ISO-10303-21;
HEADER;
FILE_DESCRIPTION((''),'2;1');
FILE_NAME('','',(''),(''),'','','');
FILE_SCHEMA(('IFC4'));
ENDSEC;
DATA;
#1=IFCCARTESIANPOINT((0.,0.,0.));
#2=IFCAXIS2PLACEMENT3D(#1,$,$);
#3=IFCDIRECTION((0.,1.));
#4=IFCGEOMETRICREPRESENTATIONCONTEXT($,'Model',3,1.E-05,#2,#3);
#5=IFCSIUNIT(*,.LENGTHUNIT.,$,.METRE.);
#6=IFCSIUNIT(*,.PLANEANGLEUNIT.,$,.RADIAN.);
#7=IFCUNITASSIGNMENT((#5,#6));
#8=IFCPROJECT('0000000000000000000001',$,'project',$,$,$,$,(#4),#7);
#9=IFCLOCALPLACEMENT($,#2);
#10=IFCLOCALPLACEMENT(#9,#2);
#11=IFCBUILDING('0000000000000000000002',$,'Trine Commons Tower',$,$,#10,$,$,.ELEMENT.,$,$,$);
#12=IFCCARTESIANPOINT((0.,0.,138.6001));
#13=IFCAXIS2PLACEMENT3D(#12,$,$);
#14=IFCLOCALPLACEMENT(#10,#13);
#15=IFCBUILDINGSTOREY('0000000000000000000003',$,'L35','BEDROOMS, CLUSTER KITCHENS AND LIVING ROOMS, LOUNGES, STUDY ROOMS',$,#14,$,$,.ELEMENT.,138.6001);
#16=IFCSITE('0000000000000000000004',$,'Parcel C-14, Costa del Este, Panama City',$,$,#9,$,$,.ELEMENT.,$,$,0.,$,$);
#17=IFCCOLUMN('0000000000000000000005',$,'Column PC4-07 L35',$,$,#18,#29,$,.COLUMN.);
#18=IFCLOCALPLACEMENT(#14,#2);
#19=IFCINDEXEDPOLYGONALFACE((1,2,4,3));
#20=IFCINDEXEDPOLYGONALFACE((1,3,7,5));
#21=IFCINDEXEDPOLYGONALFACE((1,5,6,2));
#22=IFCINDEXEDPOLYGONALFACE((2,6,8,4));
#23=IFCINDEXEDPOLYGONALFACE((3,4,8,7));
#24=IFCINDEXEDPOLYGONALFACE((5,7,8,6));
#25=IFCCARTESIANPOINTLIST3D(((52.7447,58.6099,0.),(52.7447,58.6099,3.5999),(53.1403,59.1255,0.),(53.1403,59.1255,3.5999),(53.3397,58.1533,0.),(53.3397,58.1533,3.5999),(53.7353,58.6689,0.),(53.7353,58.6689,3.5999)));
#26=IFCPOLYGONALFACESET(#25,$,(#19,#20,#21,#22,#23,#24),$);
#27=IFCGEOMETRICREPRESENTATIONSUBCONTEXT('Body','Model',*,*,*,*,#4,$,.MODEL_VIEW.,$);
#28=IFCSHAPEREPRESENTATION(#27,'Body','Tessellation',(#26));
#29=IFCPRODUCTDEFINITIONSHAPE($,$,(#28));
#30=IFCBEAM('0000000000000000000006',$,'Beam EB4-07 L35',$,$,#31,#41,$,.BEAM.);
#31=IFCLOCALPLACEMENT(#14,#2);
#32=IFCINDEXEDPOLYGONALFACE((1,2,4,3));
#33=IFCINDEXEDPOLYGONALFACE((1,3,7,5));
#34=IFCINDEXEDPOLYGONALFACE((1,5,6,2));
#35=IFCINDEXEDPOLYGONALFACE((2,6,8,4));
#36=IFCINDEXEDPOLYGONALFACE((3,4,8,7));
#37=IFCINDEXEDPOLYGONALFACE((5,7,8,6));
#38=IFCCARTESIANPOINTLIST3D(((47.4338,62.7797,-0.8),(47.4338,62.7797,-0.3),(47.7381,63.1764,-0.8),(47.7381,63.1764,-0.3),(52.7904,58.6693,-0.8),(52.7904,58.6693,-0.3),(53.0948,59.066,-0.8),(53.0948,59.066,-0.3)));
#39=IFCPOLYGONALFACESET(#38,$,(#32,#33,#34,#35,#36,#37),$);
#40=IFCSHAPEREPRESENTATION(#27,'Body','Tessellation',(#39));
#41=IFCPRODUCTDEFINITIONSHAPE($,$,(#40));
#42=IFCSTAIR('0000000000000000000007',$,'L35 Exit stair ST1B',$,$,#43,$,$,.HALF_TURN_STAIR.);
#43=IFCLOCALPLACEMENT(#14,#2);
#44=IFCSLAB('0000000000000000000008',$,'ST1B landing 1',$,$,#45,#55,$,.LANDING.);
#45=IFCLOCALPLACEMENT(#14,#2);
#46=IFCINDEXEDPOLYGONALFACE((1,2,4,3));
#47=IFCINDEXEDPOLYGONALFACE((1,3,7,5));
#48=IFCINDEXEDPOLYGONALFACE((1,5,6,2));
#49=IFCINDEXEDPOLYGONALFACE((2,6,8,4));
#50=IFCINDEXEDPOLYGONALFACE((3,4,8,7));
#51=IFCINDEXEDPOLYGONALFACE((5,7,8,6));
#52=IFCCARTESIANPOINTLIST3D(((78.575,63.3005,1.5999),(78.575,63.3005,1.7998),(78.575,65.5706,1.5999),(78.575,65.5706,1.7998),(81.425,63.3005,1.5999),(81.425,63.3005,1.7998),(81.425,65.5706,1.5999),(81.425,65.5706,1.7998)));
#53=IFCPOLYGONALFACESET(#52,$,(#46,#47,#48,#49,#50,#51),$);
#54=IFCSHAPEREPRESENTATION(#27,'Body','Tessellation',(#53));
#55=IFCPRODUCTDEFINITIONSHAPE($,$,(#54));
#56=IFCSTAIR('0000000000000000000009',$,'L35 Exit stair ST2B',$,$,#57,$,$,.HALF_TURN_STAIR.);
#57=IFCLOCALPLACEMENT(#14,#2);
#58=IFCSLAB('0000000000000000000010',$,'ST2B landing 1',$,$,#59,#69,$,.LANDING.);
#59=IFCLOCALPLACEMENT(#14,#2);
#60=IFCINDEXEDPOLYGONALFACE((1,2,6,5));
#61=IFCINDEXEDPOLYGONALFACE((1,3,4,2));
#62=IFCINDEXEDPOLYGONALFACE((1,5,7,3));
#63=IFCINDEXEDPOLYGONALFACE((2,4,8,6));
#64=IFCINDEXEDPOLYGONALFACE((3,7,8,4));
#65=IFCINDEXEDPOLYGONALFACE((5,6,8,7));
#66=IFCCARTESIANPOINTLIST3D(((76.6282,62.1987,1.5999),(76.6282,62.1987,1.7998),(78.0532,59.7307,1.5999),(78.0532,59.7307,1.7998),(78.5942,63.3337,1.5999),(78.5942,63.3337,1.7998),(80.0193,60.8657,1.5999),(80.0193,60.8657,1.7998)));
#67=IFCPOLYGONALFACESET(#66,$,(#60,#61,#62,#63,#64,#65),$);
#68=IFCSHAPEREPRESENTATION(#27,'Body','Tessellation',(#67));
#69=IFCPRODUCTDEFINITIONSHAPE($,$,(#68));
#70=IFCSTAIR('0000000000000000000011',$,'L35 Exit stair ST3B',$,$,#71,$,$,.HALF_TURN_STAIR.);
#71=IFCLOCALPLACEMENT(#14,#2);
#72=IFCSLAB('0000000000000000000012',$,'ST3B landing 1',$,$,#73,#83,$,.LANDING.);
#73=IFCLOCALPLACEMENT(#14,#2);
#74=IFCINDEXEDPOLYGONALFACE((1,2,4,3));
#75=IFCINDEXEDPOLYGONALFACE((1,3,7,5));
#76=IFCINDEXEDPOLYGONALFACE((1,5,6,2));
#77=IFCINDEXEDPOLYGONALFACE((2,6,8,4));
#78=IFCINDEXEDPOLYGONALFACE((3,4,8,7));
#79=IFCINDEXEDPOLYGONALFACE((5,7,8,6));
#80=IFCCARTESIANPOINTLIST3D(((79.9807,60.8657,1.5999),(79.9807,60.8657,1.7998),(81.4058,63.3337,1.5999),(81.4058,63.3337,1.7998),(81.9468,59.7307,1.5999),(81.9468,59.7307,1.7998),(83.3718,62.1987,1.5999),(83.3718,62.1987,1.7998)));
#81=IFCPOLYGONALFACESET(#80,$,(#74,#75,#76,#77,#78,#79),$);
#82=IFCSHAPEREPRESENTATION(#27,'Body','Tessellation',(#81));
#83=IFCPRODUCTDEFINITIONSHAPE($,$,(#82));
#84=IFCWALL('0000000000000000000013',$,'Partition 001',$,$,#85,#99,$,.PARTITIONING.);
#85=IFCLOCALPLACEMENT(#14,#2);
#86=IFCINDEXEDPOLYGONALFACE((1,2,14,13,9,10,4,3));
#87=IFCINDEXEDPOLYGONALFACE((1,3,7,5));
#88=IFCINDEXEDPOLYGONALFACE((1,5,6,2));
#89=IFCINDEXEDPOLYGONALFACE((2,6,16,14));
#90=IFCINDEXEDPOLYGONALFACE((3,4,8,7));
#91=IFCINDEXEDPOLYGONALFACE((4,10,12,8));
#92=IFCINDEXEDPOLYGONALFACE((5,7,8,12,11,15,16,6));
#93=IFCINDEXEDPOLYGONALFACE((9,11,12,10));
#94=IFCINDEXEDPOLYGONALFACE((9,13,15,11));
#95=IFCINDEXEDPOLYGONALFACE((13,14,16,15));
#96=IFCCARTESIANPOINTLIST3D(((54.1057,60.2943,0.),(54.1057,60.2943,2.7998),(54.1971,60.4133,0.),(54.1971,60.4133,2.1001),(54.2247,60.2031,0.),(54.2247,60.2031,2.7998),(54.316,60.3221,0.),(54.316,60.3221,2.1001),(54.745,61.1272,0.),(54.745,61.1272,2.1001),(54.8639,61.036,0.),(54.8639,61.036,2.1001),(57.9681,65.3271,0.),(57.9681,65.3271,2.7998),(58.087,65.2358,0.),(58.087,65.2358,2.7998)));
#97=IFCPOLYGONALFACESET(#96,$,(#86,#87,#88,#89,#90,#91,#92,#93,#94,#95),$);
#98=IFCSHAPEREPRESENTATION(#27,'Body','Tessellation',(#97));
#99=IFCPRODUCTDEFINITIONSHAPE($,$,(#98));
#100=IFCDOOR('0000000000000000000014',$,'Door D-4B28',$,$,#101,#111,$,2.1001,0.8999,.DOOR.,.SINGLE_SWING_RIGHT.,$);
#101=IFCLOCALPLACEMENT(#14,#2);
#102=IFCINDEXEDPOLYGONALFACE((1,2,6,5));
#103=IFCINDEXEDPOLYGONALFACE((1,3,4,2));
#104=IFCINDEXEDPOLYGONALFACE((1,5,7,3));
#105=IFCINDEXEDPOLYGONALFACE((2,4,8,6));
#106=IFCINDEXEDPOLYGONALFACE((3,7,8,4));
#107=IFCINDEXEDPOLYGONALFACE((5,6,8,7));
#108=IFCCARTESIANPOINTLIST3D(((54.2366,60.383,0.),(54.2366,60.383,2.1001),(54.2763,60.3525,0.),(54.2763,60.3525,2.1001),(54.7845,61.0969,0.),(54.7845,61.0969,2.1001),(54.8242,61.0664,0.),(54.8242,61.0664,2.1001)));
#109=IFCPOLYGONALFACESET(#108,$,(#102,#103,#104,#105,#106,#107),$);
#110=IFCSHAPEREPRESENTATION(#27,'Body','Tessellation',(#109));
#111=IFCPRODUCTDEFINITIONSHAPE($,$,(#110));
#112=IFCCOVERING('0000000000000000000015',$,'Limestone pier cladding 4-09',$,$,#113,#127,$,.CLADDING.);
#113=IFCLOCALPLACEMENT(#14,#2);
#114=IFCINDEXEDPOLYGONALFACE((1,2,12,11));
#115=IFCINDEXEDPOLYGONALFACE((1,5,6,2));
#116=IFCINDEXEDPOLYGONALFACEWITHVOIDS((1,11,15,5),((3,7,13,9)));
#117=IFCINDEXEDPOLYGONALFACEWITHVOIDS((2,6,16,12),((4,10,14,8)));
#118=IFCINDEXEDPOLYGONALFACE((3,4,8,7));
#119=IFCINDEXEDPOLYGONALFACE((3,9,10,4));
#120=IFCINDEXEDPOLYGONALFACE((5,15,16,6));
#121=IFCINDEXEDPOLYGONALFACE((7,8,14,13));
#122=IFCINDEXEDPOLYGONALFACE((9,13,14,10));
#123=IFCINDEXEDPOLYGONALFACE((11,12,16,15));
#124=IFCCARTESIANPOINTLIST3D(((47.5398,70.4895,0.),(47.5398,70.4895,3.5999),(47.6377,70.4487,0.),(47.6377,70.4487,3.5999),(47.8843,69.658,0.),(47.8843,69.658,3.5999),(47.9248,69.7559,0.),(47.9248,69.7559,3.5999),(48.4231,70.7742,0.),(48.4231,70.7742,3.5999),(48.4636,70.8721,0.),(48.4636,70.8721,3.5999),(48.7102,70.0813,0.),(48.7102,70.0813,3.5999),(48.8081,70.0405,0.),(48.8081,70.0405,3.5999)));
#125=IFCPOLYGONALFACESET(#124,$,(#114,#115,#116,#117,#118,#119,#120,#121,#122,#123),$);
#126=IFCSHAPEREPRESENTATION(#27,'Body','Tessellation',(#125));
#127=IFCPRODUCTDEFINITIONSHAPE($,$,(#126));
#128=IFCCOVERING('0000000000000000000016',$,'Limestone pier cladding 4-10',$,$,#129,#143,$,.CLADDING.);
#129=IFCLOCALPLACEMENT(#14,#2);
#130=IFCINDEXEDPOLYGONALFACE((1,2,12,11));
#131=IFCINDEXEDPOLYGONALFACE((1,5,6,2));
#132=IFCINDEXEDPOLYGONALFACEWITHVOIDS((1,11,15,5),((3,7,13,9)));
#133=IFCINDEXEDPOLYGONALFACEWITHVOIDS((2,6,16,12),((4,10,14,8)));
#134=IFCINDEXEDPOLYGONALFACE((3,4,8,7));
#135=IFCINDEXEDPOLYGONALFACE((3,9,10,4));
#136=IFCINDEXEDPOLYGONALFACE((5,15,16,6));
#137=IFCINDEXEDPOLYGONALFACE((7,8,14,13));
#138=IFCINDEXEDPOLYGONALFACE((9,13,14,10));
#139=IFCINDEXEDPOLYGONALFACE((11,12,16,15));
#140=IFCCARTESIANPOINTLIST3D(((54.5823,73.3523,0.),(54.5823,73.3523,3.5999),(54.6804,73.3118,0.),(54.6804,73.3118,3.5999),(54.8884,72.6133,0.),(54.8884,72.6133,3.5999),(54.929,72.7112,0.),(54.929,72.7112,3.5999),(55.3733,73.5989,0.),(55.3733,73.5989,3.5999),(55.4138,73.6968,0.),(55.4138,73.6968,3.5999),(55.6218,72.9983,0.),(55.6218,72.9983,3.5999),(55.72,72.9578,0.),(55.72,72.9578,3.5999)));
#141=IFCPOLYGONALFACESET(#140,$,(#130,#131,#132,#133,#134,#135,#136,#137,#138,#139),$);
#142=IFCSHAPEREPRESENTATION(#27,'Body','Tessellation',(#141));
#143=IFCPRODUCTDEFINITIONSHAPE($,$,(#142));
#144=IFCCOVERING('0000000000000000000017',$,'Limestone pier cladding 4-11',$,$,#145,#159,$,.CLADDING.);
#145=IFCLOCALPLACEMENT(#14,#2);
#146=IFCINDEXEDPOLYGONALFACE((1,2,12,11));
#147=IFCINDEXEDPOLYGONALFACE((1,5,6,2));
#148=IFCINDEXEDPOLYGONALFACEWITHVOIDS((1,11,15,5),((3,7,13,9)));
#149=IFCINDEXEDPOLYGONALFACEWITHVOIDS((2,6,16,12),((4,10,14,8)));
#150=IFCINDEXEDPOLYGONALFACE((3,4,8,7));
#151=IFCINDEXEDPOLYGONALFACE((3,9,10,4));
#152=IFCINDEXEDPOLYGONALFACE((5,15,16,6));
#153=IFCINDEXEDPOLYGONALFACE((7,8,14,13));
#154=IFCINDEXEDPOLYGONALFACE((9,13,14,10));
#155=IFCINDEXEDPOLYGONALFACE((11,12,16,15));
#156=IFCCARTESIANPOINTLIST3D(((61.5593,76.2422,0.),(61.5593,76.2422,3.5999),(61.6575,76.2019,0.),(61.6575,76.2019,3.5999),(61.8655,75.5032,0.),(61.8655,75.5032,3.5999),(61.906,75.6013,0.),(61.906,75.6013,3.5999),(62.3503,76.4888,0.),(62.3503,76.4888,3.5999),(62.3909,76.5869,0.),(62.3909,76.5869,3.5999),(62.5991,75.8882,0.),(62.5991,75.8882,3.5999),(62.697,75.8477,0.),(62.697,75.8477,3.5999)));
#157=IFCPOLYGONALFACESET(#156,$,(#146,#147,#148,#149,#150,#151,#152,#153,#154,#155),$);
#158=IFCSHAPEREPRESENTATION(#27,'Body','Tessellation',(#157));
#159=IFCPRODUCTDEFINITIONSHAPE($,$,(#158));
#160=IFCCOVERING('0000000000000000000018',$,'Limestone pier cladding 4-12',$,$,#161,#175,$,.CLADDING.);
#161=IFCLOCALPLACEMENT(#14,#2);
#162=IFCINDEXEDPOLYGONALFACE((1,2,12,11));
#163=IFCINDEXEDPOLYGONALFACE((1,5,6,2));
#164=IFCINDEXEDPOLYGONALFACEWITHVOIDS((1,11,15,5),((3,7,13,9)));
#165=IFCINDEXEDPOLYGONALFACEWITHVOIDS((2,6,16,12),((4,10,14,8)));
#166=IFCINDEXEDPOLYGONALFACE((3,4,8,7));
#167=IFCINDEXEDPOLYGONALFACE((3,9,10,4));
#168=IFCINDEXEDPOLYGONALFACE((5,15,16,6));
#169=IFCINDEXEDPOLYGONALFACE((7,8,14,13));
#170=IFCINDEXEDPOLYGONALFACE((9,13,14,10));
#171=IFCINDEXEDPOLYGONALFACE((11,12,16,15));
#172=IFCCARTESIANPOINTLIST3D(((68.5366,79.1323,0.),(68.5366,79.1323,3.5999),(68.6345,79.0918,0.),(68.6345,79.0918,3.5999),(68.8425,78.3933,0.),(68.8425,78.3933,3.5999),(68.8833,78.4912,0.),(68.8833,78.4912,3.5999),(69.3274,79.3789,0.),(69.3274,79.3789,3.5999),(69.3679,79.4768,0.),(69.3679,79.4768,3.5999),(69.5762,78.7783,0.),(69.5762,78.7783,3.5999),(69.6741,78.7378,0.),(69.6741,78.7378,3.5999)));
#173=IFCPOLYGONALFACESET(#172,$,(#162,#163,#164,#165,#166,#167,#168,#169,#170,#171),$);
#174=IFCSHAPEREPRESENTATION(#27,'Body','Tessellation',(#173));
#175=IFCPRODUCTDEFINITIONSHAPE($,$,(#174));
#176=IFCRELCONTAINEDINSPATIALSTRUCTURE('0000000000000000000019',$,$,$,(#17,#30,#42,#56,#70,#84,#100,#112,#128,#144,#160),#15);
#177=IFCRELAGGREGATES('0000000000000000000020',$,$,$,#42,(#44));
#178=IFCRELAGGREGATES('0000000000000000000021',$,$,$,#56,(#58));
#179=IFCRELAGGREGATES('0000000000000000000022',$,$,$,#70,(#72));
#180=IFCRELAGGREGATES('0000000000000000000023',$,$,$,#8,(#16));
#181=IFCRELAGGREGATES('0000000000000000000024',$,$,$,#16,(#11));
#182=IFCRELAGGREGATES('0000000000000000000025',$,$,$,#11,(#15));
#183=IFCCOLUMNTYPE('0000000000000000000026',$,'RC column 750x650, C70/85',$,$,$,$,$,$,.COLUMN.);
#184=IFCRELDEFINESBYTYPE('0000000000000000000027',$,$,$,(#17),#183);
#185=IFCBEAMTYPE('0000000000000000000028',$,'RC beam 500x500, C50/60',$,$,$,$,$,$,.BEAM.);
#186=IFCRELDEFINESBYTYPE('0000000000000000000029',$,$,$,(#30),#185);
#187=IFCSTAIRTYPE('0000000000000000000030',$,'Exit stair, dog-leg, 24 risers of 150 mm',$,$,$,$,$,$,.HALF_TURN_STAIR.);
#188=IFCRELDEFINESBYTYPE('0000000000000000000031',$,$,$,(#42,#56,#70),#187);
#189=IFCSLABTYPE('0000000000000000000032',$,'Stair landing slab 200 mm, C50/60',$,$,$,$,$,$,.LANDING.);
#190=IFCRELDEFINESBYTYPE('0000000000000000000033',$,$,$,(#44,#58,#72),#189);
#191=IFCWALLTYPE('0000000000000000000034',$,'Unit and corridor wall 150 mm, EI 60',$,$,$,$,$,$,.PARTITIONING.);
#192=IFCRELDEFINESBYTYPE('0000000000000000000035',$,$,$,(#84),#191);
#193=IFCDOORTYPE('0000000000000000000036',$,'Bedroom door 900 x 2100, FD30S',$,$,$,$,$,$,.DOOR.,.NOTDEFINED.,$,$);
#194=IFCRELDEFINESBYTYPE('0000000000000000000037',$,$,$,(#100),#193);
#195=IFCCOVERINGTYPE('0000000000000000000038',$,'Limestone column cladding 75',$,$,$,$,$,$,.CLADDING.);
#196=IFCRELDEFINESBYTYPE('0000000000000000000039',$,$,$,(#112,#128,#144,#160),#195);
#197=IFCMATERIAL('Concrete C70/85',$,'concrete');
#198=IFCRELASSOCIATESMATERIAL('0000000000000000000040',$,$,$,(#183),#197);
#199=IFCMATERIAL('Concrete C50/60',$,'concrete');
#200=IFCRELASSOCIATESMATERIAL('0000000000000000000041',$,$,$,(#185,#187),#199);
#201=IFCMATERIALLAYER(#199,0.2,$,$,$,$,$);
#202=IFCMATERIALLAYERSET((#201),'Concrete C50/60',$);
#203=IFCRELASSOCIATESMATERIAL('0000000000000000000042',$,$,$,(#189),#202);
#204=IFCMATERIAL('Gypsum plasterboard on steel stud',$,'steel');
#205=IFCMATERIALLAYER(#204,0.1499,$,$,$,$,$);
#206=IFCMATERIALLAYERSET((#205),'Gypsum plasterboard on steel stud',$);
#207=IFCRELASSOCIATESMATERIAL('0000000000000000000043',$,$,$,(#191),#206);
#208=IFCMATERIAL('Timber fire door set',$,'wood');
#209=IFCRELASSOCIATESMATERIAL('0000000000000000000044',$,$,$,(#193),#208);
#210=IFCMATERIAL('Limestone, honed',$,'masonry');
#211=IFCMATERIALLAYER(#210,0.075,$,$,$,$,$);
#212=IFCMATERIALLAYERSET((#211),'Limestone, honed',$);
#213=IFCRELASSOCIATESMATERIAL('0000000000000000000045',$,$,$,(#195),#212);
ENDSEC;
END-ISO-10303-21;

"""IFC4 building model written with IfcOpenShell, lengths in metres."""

from ifc_helpers import new_model, si_unit, direction, frame, frame_2d, origin, origin_2d, place, context, subcontext, project, spatial, polyline, rectangle, outline, extrude, material, layer, layer_set, material_profile, profile_set, type_object, element, fill, aggregate, save


model = new_model("IFC4")

# Units and contexts
model_context = context("Model", 3, precision=1e-05, world=origin(), true_north=direction((0.0, 1.0)))
body_context = subcontext(model_context, "Body", "Model", "MODEL_VIEW")
ifc_project = project(units=[si_unit("LENGTHUNIT", "METRE"), si_unit("PLANEANGLEUNIT", "RADIAN")], contexts=[model_context])

# Site, building, storey
site_placement = place(None, origin())
site = spatial("IfcSite", under=ifc_project, at=site_placement, Name="Parcel C-14, Costa del Este, Panama City", CompositionType="ELEMENT", RefElevation=0.0)
building_placement = place(site_placement, origin())
building = spatial("IfcBuilding", under=site, at=building_placement, Name="Trine Commons Tower", CompositionType="ELEMENT")
storey_placement = place(building_placement, frame((0.0, 0.0, 138.6001)))
storey = spatial("IfcBuildingStorey", under=building, at=storey_placement, Name="L35", Description="BEDROOMS, CLUSTER KITCHENS AND LIVING ROOMS, LOUNGES, STUDY ROOMS", CompositionType="ELEMENT", Elevation=138.6001)

# Column
ifc_material_1 = material(Name="Concrete C70/85", Category="concrete")
ifc_material_profile_1 = material_profile(ifc_material_1, rectangle(XDim=0.75, YDim=0.6499, at=origin_2d()), Name="RC 750x650")
ifc_profile_set_1 = profile_set([ifc_material_profile_1], Name="Concrete C70/85")
column_type = type_object("IfcColumnType", Name="RC column 750x650, C70/85", PredefinedType="COLUMN", material=ifc_profile_set_1)
column_placement = place(storey_placement, frame((53.24, 58.6394, 0.0), z_axis=(0.0, 0.0, 1.0), x_axis=(-0.793353, 0.608761, 0.0)))
element("IfcColumn", 1, at=column_placement, inside=storey, type_object=column_type, Name="Column PC4-07 L35", PredefinedType="COLUMN", context=body_context, shape_type="SweptSolid", body=[
    extrude(rectangle(XDim=0.75, YDim=0.6499, at=origin_2d()), origin(), (0.0, 0.0, 1.0), 3.5999),
])

# Beam
ifc_material_2 = material(Name="Concrete C50/60", Category="concrete")
ifc_material_profile_2 = material_profile(ifc_material_2, rectangle(XDim=0.5, YDim=0.5, at=origin_2d()), Name="RC 500x500")
ifc_profile_set_2 = profile_set([ifc_material_profile_2], Name="Concrete C50/60")
beam_type = type_object("IfcBeamType", Name="RC beam 500x500, C50/60", PredefinedType="BEAM", material=ifc_profile_set_2)
beam_placement = place(storey_placement, frame((52.9426, 58.8677, -0.55), z_axis=(-0.793352, 0.608763, 0.0), x_axis=(-0.608763, -0.793352, 0.0)))
element("IfcBeam", 2, at=beam_placement, inside=storey, type_object=beam_type, Name="Beam EB4-07 L35", PredefinedType="BEAM", context=body_context, shape_type="SweptSolid", body=[
    extrude(rectangle(XDim=0.5, YDim=0.5, at=origin_2d()), origin(), (0.0, 0.0, 1.0), 6.752),
])

# Stairs, slabs
stair_type = type_object("IfcStairType", Name="Exit stair, dog-leg, 24 risers of 150 mm", PredefinedType="HALF_TURN_STAIR", material=ifc_material_2)
stair_1_placement = place(storey_placement, origin())
stair_1 = element("IfcStair", 3, at=stair_1_placement, inside=storey, type_object=stair_type, Name="L35 Exit stair ST1B", PredefinedType="HALF_TURN_STAIR")
ifc_layer_1 = layer(ifc_material_2, 0.2)
ifc_layer_set_1 = layer_set([ifc_layer_1], Name="Concrete C50/60")
slab_type = type_object("IfcSlabType", Name="Stair landing slab 200 mm, C50/60", PredefinedType="LANDING", material=ifc_layer_set_1)
slab_1_placement = place(storey_placement, frame((0.0, 0.0, 1.5999)))
slab_1 = element("IfcSlab", 4, at=slab_1_placement, type_object=slab_type, Name="ST1B landing 1", PredefinedType="LANDING", context=body_context, shape_type="SweptSolid", body=[
    extrude(outline(polyline([(78.575, 65.5706), (78.575, 63.3005), (81.425, 63.3005), (81.425, 65.5706), (78.575, 65.5706)])), origin(), (0.0, 0.0, 1.0), 0.2),
])
aggregate(stair_1, [slab_1])
stair_2_placement = place(storey_placement, origin())
stair_2 = element("IfcStair", 5, at=stair_2_placement, inside=storey, type_object=stair_type, Name="L35 Exit stair ST2B", PredefinedType="HALF_TURN_STAIR")
slab_2_placement = place(storey_placement, frame((0.0, 0.0, 1.5999)))
slab_2 = element("IfcSlab", 6, at=slab_2_placement, type_object=slab_type, Name="ST2B landing 1", PredefinedType="LANDING", context=body_context, shape_type="SweptSolid", body=[
    extrude(outline(polyline([(78.0532, 59.7307), (80.0193, 60.8657), (78.5942, 63.3337), (76.6282, 62.1987), (78.0532, 59.7307)])), origin(), (0.0, 0.0, 1.0), 0.2),
])
aggregate(stair_2, [slab_2])
stair_3_placement = place(storey_placement, origin())
stair_3 = element("IfcStair", 7, at=stair_3_placement, inside=storey, type_object=stair_type, Name="L35 Exit stair ST3B", PredefinedType="HALF_TURN_STAIR")
slab_3_placement = place(storey_placement, frame((0.0, 0.0, 1.5999)))
slab_3 = element("IfcSlab", 8, at=slab_3_placement, type_object=slab_type, Name="ST3B landing 1", PredefinedType="LANDING", context=body_context, shape_type="SweptSolid", body=[
    extrude(outline(polyline([(83.3718, 62.1987), (81.4058, 63.3337), (79.9807, 60.8657), (81.9468, 59.7307), (83.3718, 62.1987)])), origin(), (0.0, 0.0, 1.0), 0.2),
])
aggregate(stair_3, [slab_3])

# Wall, opening, door
ifc_material_3 = material(Name="Gypsum plasterboard on steel stud", Category="steel")
ifc_layer_2 = layer(ifc_material_3, 0.1499)
ifc_layer_set_2 = layer_set([ifc_layer_2], Name="Gypsum plasterboard on steel stud")
wall_type = type_object("IfcWallType", Name="Unit and corridor wall 150 mm, EI 60", PredefinedType="PARTITIONING", material=ifc_layer_set_2)
wall_placement = place(storey_placement, frame((54.1653, 60.2488, 0.0), z_axis=(0.0, 0.0, 1.0), x_axis=(0.608818, 0.79331, 0.0)))
wall = element("IfcWall", 9, at=wall_placement, inside=storey, type_object=wall_type, Name="Partition 001", PredefinedType="PARTITIONING", context=body_context, shape_type="SweptSolid", body=[
    extrude(rectangle(XDim=6.344, YDim=0.1499, at=frame_2d((3.1719, 0.0))), origin(), (0.0, 0.0, 1.0), 2.7998),
])
opening_placement = place(wall_placement, frame((0.1499, 0.0, 0.0)))
opening = element("IfcOpeningElement", 10, at=opening_placement, cuts=wall, PredefinedType="OPENING", context=body_context, shape_type="SweptSolid", body=[
    extrude(rectangle(XDim=0.8999, YDim=2.1001, at=frame_2d((0.45, 1.05))), frame((0.0, 0.085, 0.0), z_axis=(0.0, -1.0, 0.0), x_axis=(1.0, 0.0, 0.0)), (0.0, 0.0, 1.0), 0.1699),
])
ifc_material_4 = material(Name="Timber fire door set", Category="wood")
door_type = type_object("IfcDoorType", Name="Bedroom door 900 x 2100, FD30S", OperationType="NOTDEFINED", PredefinedType="DOOR", material=ifc_material_4)
door_placement = place(opening_placement, frame((0.8999, 0.0, 0.0), z_axis=(0.0, 0.0, 1.0), x_axis=(-1.0, 0.0, 0.0)))
door = element("IfcDoor", 11, at=door_placement, inside=storey, type_object=door_type, Name="Door D-4B28", OperationType="SINGLE_SWING_RIGHT", OverallHeight=2.1001, OverallWidth=0.8999, PredefinedType="DOOR", context=body_context, shape_type="SweptSolid", body=[
    extrude(rectangle(XDim=0.8999, YDim=2.1001, at=frame_2d((0.45, 1.05))), frame((0.0, 0.0249, 0.0), z_axis=(0.0, -1.0, 0.0), x_axis=(1.0, 0.0, 0.0)), (0.0, 0.0, 1.0), 0.05),
])
fill(opening, door)

# Coverings
ifc_material_5 = material(Name="Limestone, honed", Category="masonry")
ifc_layer_3 = layer(ifc_material_5, 0.075)
ifc_layer_set_3 = layer_set([ifc_layer_3], Name="Limestone, honed")
covering_type_1 = type_object("IfcCoveringType", Name="Limestone column cladding 75", PredefinedType="CLADDING", material=ifc_layer_set_3)
covering_1_placement = place(storey_placement, origin())
element("IfcCovering", 12, at=covering_1_placement, inside=storey, type_object=covering_type_1, Name="Limestone pier cladding 4-09", PredefinedType="CLADDING", context=body_context, shape_type="SweptSolid", body=[
    extrude(outline(polyline([(48.8081, 70.0405), (48.4636, 70.8721), (47.5398, 70.4895), (47.8843, 69.658), (48.8081, 70.0405)]), holes=[polyline([(48.7102, 70.0813), (48.4231, 70.7742), (47.6377, 70.4487), (47.9248, 69.7559), (48.7102, 70.0813)])]), origin(), (0.0, 0.0, 1.0), 3.5999),
])
covering_2_placement = place(storey_placement, origin())
element("IfcCovering", 13, at=covering_2_placement, inside=storey, type_object=covering_type_1, Name="Limestone pier cladding 4-10", PredefinedType="CLADDING", context=body_context, shape_type="SweptSolid", body=[
    extrude(outline(polyline([(55.72, 72.9578), (55.4138, 73.6968), (54.5823, 73.3523), (54.8884, 72.6133), (55.72, 72.9578)]), holes=[polyline([(55.6218, 72.9983), (55.3733, 73.5989), (54.6804, 73.3118), (54.929, 72.7112), (55.6218, 72.9983)])]), origin(), (0.0, 0.0, 1.0), 3.5999),
])
covering_3_placement = place(storey_placement, origin())
element("IfcCovering", 14, at=covering_3_placement, inside=storey, type_object=covering_type_1, Name="Limestone pier cladding 4-11", PredefinedType="CLADDING", context=body_context, shape_type="SweptSolid", body=[
    extrude(outline(polyline([(62.697, 75.8477), (62.3909, 76.5869), (61.5593, 76.2422), (61.8655, 75.5032), (62.697, 75.8477)]), holes=[polyline([(62.5991, 75.8882), (62.3503, 76.4888), (61.6575, 76.2019), (61.906, 75.6013), (62.5991, 75.8882)])]), origin(), (0.0, 0.0, 1.0), 3.5999),
])
covering_4_placement = place(storey_placement, origin())
element("IfcCovering", 15, at=covering_4_placement, inside=storey, type_object=covering_type_1, Name="Limestone pier cladding 4-12", PredefinedType="CLADDING", context=body_context, shape_type="SweptSolid", body=[
    extrude(outline(polyline([(69.6741, 78.7378), (69.3679, 79.4768), (68.5366, 79.1323), (68.8425, 78.3933), (69.6741, 78.7378)]), holes=[polyline([(69.5762, 78.7783), (69.3274, 79.3789), (68.6345, 79.0918), (68.8833, 78.4912), (69.5762, 78.7783)])]), origin(), (0.0, 0.0, 1.0), 3.5999),
])

save(model, "model.ifc")
